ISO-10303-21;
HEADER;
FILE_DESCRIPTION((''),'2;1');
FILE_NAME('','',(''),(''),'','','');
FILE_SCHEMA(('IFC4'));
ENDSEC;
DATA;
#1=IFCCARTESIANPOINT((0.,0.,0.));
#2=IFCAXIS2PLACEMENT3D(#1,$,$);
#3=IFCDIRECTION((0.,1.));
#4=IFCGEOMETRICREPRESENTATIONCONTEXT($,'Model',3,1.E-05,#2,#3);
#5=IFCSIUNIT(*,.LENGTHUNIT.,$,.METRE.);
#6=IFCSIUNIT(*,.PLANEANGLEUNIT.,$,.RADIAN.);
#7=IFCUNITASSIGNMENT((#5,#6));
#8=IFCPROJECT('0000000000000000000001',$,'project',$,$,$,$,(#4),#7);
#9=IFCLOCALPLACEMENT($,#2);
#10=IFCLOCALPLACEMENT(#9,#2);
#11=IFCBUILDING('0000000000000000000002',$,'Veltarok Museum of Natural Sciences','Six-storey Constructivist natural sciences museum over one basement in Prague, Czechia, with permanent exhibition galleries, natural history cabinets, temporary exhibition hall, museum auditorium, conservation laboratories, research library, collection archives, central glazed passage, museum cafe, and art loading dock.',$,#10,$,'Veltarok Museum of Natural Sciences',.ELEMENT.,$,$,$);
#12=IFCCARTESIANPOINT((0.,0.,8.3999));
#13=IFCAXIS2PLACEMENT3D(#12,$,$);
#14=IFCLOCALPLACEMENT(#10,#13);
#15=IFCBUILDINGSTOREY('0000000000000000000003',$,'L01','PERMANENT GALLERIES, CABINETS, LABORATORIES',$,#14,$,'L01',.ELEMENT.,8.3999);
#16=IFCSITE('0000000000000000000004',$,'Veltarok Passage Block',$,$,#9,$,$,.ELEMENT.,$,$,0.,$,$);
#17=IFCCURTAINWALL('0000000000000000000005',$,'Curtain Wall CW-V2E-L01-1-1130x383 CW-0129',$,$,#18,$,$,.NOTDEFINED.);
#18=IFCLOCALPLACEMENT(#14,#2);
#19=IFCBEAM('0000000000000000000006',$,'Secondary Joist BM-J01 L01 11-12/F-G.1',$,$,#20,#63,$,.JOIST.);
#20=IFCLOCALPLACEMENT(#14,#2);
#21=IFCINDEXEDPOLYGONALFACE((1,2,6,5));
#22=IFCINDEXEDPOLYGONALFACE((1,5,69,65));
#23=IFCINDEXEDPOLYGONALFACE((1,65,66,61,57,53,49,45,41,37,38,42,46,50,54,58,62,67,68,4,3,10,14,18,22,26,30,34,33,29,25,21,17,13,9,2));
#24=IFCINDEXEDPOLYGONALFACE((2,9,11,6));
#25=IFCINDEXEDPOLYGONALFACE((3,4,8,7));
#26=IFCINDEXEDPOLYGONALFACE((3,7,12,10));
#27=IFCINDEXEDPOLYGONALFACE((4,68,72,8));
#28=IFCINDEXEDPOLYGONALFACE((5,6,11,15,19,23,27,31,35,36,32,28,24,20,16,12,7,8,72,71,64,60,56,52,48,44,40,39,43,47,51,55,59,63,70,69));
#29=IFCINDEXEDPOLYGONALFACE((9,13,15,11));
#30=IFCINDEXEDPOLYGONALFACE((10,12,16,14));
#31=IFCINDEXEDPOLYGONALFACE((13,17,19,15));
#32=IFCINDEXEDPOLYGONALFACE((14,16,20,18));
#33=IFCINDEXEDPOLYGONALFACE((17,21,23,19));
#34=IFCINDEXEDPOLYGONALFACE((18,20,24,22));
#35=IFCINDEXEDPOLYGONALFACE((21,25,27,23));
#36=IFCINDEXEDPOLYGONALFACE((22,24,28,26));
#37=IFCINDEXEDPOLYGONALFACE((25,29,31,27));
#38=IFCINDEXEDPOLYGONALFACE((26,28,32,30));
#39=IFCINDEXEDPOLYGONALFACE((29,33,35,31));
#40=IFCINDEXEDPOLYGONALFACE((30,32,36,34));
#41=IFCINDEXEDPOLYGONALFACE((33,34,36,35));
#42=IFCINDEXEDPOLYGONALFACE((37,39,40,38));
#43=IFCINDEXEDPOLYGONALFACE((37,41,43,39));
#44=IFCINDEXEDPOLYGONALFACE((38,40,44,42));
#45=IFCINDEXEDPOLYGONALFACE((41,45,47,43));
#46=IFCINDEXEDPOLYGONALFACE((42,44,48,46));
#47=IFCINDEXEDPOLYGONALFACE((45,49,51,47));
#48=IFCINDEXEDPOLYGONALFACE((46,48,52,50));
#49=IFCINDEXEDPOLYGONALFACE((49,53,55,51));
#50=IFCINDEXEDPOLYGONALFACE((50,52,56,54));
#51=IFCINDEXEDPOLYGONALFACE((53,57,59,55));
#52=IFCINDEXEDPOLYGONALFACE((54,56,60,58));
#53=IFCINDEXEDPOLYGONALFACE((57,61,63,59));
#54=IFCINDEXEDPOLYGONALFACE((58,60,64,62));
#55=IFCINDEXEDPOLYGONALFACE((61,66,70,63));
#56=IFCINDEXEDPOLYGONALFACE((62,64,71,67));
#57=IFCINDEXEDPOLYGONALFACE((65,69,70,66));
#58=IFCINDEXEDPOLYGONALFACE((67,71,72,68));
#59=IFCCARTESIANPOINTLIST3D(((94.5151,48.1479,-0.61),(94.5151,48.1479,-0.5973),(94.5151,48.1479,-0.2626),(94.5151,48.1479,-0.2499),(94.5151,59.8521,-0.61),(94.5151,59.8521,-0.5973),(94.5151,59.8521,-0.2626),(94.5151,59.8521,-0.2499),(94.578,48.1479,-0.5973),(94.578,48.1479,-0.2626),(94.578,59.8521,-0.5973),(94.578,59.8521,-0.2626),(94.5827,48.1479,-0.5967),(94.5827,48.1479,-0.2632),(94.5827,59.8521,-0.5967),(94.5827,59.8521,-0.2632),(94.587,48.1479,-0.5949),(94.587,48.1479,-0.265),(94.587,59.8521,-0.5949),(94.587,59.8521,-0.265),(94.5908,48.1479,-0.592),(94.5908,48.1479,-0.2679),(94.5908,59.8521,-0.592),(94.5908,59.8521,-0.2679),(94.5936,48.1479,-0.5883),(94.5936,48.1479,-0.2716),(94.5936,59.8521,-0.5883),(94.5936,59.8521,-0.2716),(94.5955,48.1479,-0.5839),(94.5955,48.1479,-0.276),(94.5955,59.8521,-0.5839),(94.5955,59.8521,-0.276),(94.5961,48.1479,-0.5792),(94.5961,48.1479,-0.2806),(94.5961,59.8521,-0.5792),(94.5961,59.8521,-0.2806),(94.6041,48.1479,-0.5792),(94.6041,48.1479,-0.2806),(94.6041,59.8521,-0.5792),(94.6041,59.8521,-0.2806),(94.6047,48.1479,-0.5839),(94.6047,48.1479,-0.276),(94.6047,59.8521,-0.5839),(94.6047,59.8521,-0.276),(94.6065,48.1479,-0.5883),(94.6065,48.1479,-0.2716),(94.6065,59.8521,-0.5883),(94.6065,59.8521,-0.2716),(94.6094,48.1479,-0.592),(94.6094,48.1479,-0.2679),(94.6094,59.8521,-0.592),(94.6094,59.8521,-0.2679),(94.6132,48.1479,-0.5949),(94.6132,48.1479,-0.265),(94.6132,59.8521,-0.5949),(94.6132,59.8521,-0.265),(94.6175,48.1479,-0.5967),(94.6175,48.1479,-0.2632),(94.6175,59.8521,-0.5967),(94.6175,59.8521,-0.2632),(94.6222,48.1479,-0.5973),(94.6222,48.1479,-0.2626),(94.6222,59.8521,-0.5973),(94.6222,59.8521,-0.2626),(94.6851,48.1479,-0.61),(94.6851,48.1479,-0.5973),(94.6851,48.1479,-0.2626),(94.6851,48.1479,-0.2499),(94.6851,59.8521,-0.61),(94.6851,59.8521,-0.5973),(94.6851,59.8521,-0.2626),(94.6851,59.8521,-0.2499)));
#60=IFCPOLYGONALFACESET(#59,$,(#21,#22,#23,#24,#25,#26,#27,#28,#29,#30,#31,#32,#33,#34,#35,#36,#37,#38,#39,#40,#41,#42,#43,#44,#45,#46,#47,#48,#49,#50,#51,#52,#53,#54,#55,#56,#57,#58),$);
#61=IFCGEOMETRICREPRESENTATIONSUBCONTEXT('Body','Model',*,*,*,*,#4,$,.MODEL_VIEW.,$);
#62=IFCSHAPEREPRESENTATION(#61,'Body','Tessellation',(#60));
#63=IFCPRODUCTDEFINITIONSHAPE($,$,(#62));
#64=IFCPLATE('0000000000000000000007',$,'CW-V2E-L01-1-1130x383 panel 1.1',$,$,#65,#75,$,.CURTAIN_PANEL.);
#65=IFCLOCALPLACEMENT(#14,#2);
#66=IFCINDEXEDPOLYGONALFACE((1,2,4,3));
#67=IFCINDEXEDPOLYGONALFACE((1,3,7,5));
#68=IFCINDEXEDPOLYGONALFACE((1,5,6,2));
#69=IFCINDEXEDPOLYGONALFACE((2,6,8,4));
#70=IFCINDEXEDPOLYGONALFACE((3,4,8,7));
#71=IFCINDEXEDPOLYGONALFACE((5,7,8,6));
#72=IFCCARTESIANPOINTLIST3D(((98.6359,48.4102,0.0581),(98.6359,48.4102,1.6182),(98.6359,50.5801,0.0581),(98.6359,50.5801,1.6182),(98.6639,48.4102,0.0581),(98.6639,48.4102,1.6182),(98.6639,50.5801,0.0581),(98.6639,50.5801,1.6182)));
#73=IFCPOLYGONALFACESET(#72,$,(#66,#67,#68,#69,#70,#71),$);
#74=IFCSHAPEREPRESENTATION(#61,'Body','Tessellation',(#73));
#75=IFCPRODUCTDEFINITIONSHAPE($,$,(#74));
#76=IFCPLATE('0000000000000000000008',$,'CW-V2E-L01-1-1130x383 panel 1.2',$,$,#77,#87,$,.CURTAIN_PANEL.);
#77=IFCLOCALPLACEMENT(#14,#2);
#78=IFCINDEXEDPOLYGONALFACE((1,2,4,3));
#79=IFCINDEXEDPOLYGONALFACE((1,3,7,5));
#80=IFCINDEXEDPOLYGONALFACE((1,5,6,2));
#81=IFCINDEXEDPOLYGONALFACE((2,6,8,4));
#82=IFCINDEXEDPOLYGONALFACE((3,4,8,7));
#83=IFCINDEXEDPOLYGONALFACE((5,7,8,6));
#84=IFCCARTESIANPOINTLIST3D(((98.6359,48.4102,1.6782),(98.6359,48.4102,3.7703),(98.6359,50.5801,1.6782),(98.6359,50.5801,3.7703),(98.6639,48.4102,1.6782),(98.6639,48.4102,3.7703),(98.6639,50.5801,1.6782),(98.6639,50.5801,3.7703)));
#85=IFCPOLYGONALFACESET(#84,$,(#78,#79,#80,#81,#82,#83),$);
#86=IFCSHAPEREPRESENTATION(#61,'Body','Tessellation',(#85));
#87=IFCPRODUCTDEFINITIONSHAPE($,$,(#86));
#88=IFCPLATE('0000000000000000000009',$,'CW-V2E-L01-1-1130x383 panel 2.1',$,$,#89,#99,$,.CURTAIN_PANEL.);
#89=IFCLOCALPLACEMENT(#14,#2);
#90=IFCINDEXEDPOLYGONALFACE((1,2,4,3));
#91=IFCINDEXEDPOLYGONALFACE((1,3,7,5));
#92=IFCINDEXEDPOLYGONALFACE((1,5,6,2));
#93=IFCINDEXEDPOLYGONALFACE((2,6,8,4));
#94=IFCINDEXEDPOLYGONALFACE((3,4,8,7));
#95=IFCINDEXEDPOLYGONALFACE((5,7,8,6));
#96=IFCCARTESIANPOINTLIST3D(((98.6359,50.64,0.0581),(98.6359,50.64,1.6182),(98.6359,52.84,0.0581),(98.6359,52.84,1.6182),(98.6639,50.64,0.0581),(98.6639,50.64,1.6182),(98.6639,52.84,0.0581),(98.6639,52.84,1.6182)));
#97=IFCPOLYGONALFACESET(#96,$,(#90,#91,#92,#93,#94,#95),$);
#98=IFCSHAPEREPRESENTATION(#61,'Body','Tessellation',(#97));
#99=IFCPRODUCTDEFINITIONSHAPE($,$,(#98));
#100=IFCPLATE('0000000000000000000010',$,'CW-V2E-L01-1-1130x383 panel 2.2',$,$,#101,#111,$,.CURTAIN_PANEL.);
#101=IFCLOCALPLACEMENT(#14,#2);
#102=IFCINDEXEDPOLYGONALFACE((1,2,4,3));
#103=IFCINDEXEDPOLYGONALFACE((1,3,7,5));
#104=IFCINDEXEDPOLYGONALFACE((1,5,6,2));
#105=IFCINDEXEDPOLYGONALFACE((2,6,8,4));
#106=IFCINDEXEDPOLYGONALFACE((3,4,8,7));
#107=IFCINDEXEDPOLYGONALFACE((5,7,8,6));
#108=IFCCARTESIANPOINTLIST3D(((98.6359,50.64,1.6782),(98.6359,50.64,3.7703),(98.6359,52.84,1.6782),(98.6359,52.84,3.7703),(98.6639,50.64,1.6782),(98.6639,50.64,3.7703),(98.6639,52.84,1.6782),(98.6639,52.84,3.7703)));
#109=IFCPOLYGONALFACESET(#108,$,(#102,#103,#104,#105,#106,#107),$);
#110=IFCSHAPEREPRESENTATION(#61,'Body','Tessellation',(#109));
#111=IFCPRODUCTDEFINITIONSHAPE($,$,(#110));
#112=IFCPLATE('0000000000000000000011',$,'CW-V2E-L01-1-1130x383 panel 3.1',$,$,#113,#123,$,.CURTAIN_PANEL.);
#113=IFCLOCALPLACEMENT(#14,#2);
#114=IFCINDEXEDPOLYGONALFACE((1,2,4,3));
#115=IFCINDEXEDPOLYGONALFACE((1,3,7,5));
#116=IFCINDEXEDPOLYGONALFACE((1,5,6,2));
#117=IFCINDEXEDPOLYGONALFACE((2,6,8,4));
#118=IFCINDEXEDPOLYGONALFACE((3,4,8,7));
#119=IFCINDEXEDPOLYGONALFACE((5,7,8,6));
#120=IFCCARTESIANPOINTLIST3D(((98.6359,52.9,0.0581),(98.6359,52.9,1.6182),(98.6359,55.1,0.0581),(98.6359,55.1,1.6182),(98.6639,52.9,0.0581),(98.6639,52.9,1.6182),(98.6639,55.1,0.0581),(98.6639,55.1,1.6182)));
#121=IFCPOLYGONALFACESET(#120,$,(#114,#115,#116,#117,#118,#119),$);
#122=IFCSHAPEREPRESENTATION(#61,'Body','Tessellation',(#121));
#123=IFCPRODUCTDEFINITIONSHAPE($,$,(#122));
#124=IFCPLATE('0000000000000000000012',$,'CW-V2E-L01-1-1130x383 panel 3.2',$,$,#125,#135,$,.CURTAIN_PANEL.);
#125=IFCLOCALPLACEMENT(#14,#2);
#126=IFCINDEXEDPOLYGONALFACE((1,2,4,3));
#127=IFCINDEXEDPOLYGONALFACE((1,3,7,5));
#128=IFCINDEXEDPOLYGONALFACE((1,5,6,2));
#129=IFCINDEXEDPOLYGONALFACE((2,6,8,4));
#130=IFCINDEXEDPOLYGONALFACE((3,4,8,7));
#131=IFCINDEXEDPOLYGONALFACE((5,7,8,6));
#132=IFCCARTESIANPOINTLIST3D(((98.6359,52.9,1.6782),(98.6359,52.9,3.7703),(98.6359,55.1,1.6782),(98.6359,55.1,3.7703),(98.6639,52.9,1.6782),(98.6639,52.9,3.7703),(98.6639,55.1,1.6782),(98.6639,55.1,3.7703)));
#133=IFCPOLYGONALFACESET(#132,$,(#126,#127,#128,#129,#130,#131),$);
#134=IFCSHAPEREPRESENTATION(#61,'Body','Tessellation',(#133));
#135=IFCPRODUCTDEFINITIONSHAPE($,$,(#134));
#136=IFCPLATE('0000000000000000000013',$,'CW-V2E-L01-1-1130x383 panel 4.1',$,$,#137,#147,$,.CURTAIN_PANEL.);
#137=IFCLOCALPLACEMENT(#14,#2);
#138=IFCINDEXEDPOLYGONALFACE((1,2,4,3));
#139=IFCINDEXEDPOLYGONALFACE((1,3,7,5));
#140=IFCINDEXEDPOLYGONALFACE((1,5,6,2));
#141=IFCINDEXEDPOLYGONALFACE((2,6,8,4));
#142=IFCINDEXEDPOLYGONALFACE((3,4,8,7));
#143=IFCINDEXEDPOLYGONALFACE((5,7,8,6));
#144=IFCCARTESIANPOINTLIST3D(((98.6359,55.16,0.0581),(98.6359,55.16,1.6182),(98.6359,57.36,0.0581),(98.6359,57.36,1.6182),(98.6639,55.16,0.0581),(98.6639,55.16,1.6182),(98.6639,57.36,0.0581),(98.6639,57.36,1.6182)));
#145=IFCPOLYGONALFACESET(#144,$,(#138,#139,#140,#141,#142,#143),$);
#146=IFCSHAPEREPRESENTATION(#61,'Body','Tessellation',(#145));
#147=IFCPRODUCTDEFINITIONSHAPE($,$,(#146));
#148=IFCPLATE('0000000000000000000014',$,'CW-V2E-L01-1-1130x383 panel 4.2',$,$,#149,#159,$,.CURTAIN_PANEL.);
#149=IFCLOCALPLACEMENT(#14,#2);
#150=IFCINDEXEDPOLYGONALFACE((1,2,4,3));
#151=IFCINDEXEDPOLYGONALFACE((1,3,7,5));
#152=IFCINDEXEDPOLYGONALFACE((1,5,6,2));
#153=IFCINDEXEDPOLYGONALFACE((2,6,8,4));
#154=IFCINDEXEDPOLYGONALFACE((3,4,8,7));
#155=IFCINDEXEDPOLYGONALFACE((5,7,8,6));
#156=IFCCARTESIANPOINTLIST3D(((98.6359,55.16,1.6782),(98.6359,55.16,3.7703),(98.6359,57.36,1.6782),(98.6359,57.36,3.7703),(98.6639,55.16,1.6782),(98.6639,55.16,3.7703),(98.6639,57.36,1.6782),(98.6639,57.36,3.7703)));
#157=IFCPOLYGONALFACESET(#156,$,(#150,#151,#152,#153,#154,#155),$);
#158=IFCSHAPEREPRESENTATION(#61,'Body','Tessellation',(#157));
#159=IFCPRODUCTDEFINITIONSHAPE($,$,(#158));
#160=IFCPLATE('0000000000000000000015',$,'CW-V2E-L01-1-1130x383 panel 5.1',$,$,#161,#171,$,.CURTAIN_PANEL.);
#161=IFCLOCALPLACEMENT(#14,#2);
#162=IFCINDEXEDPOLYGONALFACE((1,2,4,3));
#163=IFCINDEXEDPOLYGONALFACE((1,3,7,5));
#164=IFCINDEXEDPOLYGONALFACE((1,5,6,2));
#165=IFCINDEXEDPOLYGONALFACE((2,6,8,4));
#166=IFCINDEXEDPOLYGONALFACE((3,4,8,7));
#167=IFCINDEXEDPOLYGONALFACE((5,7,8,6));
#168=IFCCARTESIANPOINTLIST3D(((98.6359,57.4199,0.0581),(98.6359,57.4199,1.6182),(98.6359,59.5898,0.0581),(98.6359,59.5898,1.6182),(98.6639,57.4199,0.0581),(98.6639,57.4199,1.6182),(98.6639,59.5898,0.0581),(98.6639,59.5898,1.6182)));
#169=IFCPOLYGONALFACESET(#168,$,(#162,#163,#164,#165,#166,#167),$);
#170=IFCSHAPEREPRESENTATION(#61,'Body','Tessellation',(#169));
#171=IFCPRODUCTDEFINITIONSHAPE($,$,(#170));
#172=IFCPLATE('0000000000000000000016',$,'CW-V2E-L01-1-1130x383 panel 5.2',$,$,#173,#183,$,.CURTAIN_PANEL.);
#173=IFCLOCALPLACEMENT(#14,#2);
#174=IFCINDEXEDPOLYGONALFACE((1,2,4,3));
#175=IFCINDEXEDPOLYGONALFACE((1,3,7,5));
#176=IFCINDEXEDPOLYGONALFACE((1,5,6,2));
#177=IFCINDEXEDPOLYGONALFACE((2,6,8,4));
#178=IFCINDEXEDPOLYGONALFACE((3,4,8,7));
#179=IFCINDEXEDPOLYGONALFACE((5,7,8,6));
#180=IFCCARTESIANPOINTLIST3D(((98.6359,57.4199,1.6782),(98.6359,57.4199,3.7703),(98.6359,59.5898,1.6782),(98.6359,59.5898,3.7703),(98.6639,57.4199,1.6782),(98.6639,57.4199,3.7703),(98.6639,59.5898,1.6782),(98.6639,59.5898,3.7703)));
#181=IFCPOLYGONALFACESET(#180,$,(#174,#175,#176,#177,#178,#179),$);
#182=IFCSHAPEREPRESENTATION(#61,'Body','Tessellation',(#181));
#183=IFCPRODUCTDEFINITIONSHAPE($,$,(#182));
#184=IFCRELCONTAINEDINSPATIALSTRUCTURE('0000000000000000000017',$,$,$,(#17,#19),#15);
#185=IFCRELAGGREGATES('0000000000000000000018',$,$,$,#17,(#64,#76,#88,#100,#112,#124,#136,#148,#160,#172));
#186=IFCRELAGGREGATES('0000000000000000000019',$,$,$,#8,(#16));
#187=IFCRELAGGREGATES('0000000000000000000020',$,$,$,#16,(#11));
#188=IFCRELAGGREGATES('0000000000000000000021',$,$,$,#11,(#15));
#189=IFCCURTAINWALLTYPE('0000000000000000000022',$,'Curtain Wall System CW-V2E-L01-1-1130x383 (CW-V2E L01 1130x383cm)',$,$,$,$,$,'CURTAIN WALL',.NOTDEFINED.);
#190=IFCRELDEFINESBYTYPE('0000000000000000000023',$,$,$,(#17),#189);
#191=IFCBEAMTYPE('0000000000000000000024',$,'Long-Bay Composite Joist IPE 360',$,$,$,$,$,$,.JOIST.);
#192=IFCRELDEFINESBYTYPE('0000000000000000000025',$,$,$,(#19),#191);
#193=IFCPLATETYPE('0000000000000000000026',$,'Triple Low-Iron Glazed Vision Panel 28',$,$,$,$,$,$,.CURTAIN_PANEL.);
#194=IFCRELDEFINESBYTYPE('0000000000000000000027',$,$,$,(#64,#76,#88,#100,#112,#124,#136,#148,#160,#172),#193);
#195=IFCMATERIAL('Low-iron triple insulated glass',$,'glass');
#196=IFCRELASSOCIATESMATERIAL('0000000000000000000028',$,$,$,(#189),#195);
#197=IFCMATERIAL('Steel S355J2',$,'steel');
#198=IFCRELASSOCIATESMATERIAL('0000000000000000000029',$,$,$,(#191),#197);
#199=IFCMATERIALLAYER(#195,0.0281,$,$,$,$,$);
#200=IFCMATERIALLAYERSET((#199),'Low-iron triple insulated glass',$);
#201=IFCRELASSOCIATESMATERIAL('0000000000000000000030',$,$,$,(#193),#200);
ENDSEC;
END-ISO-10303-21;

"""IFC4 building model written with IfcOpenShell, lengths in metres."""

from ifc_helpers import new_model, si_unit, direction, frame, origin, origin_2d, place, context, subcontext, project, spatial, rectangle, i_section, extrude, material, layer, layer_set, material_profile, profile_set, type_object, element, aggregate, save


model = new_model("IFC4")

# Units and contexts
model_context = context("Model", 3, precision=1e-05, world=origin(), true_north=direction((0.0, 1.0)))
body_context = subcontext(model_context, "Body", "Model", "MODEL_VIEW")
ifc_project = project(units=[si_unit("LENGTHUNIT", "METRE"), si_unit("PLANEANGLEUNIT", "RADIAN")], contexts=[model_context])

# Site, building, storey
site_placement = place(None, origin())
site = spatial("IfcSite", under=ifc_project, at=site_placement, Name="Veltarok Passage Block", CompositionType="ELEMENT", RefElevation=0.0)
building_placement = place(site_placement, origin())
building = spatial("IfcBuilding", under=site, at=building_placement, Name="Veltarok Museum of Natural Sciences", Description="Six-storey Constructivist natural sciences museum over one basement in Prague, Czechia, with permanent exhibition galleries, natural history cabinets, temporary exhibition hall, museum auditorium, conservation laboratories, research library, collection archives, central glazed passage, museum cafe, and art loading dock.", LongName="Veltarok Museum of Natural Sciences", CompositionType="ELEMENT")
storey_placement = place(building_placement, frame((0.0, 0.0, 8.3999)))
storey = spatial("IfcBuildingStorey", under=building, at=storey_placement, Name="L01", Description="PERMANENT GALLERIES, CABINETS, LABORATORIES", LongName="L01", CompositionType="ELEMENT", Elevation=8.3999)

# Curtain wall
ifc_material_1 = material(Name="Low-iron triple insulated glass", Category="glass")
curtain_wall_type = type_object("IfcCurtainWallType", Name="Curtain Wall System CW-V2E-L01-1-1130x383 (CW-V2E L01 1130x383cm)", ElementType="CURTAIN WALL", PredefinedType="NOTDEFINED", material=ifc_material_1)
curtain_wall_placement = place(storey_placement, origin())
curtain_wall = element("IfcCurtainWall", 1, at=curtain_wall_placement, inside=storey, type_object=curtain_wall_type, Name="Curtain Wall CW-V2E-L01-1-1130x383 CW-0129", PredefinedType="NOTDEFINED")

# Beam
ifc_material_2 = material(Name="Steel S355J2", Category="steel")
ifc_material_profile_1 = material_profile(ifc_material_2, i_section(OverallWidth=0.1699, OverallDepth=0.3601, WebThickness=0.0081, FlangeThickness=0.0127, FilletRadius=0.0181, at=origin_2d()), Name="IPE 360")
ifc_profile_set_1 = profile_set([ifc_material_profile_1], Name="Steel S355J2")
beam_type = type_object("IfcBeamType", Name="Long-Bay Composite Joist IPE 360", PredefinedType="JOIST", material=ifc_profile_set_1)
beam_placement = place(storey_placement, frame((94.6001, 48.1479, -0.4299), z_axis=(0.0, 1.0, 0.0), x_axis=(-1.0, 0.0, 0.0)))
element("IfcBeam", 2, at=beam_placement, inside=storey, type_object=beam_type, Name="Secondary Joist BM-J01 L01 11-12/F-G.1", PredefinedType="JOIST", context=body_context, shape_type="SweptSolid", body=[
    extrude(i_section(OverallWidth=0.1699, OverallDepth=0.3601, WebThickness=0.0081, FlangeThickness=0.0127, FilletRadius=0.0181, at=origin_2d()), origin(), (0.0, 0.0, 1.0), 11.7041),
])

# Plates
ifc_layer = layer(ifc_material_1, 0.0281)
ifc_layer_set = layer_set([ifc_layer], Name="Low-iron triple insulated glass")
plate_type = type_object("IfcPlateType", Name="Triple Low-Iron Glazed Vision Panel 28", PredefinedType="CURTAIN_PANEL", material=ifc_layer_set)
plate_1_placement = place(storey_placement, frame((98.6499, 49.4951, 0.0581), z_axis=(0.0, 0.0, 1.0), x_axis=(0.0, 1.0, 0.0)))
plate_1 = element("IfcPlate", 3, at=plate_1_placement, type_object=plate_type, Name="CW-V2E-L01-1-1130x383 panel 1.1", PredefinedType="CURTAIN_PANEL", context=body_context, shape_type="SweptSolid", body=[
    extrude(rectangle(XDim=2.1699, YDim=0.0281, at=origin_2d()), origin(), (0.0, 0.0, 1.0), 1.5601),
])
plate_2_placement = place(storey_placement, frame((98.6499, 49.4951, 1.6782), z_axis=(0.0, 0.0, 1.0), x_axis=(0.0, 1.0, 0.0)))
plate_2 = element("IfcPlate", 4, at=plate_2_placement, type_object=plate_type, Name="CW-V2E-L01-1-1130x383 panel 1.2", PredefinedType="CURTAIN_PANEL", context=body_context, shape_type="SweptSolid", body=[
    extrude(rectangle(XDim=2.1699, YDim=0.0281, at=origin_2d()), origin(), (0.0, 0.0, 1.0), 2.092),
])
plate_3_placement = place(storey_placement, frame((98.6499, 51.74, 0.0581), z_axis=(0.0, 0.0, 1.0), x_axis=(0.0, 1.0, 0.0)))
plate_3 = element("IfcPlate", 5, at=plate_3_placement, type_object=plate_type, Name="CW-V2E-L01-1-1130x383 panel 2.1", PredefinedType="CURTAIN_PANEL", context=body_context, shape_type="SweptSolid", body=[
    extrude(rectangle(XDim=2.2, YDim=0.0281, at=origin_2d()), origin(), (0.0, 0.0, 1.0), 1.5601),
])
plate_4_placement = place(storey_placement, frame((98.6499, 51.74, 1.6782), z_axis=(0.0, 0.0, 1.0), x_axis=(0.0, 1.0, 0.0)))
plate_4 = element("IfcPlate", 6, at=plate_4_placement, type_object=plate_type, Name="CW-V2E-L01-1-1130x383 panel 2.2", PredefinedType="CURTAIN_PANEL", context=body_context, shape_type="SweptSolid", body=[
    extrude(rectangle(XDim=2.2, YDim=0.0281, at=origin_2d()), origin(), (0.0, 0.0, 1.0), 2.092),
])
plate_5_placement = place(storey_placement, frame((98.6499, 54.0, 0.0581), z_axis=(0.0, 0.0, 1.0), x_axis=(0.0, 1.0, 0.0)))
plate_5 = element("IfcPlate", 7, at=plate_5_placement, type_object=plate_type, Name="CW-V2E-L01-1-1130x383 panel 3.1", PredefinedType="CURTAIN_PANEL", context=body_context, shape_type="SweptSolid", body=[
    extrude(rectangle(XDim=2.2, YDim=0.0281, at=origin_2d()), origin(), (0.0, 0.0, 1.0), 1.5601),
])
plate_6_placement = place(storey_placement, frame((98.6499, 54.0, 1.6782), z_axis=(0.0, 0.0, 1.0), x_axis=(0.0, 1.0, 0.0)))
plate_6 = element("IfcPlate", 8, at=plate_6_placement, type_object=plate_type, Name="CW-V2E-L01-1-1130x383 panel 3.2", PredefinedType="CURTAIN_PANEL", context=body_context, shape_type="SweptSolid", body=[
    extrude(rectangle(XDim=2.2, YDim=0.0281, at=origin_2d()), origin(), (0.0, 0.0, 1.0), 2.092),
])
plate_7_placement = place(storey_placement, frame((98.6499, 56.26, 0.0581), z_axis=(0.0, 0.0, 1.0), x_axis=(0.0, 1.0, 0.0)))
plate_7 = element("IfcPlate", 9, at=plate_7_placement, type_object=plate_type, Name="CW-V2E-L01-1-1130x383 panel 4.1", PredefinedType="CURTAIN_PANEL", context=body_context, shape_type="SweptSolid", body=[
    extrude(rectangle(XDim=2.2, YDim=0.0281, at=origin_2d()), origin(), (0.0, 0.0, 1.0), 1.5601),
])
plate_8_placement = place(storey_placement, frame((98.6499, 56.26, 1.6782), z_axis=(0.0, 0.0, 1.0), x_axis=(0.0, 1.0, 0.0)))
plate_8 = element("IfcPlate", 10, at=plate_8_placement, type_object=plate_type, Name="CW-V2E-L01-1-1130x383 panel 4.2", PredefinedType="CURTAIN_PANEL", context=body_context, shape_type="SweptSolid", body=[
    extrude(rectangle(XDim=2.2, YDim=0.0281, at=origin_2d()), origin(), (0.0, 0.0, 1.0), 2.092),
])
plate_9_placement = place(storey_placement, frame((98.6499, 58.5049, 0.0581), z_axis=(0.0, 0.0, 1.0), x_axis=(0.0, 1.0, 0.0)))
plate_9 = element("IfcPlate", 11, at=plate_9_placement, type_object=plate_type, Name="CW-V2E-L01-1-1130x383 panel 5.1", PredefinedType="CURTAIN_PANEL", context=body_context, shape_type="SweptSolid", body=[
    extrude(rectangle(XDim=2.1699, YDim=0.0281, at=origin_2d()), origin(), (0.0, 0.0, 1.0), 1.5601),
])
plate_10_placement = place(storey_placement, frame((98.6499, 58.5049, 1.6782), z_axis=(0.0, 0.0, 1.0), x_axis=(0.0, 1.0, 0.0)))
plate_10 = element("IfcPlate", 12, at=plate_10_placement, type_object=plate_type, Name="CW-V2E-L01-1-1130x383 panel 5.2", PredefinedType="CURTAIN_PANEL", context=body_context, shape_type="SweptSolid", body=[
    extrude(rectangle(XDim=2.1699, YDim=0.0281, at=origin_2d()), origin(), (0.0, 0.0, 1.0), 2.092),
])
aggregate(curtain_wall, [plate_1, plate_2, plate_3, plate_4, plate_5, plate_6, plate_7, plate_8, plate_9, plate_10])

save(model, "model.ifc")
